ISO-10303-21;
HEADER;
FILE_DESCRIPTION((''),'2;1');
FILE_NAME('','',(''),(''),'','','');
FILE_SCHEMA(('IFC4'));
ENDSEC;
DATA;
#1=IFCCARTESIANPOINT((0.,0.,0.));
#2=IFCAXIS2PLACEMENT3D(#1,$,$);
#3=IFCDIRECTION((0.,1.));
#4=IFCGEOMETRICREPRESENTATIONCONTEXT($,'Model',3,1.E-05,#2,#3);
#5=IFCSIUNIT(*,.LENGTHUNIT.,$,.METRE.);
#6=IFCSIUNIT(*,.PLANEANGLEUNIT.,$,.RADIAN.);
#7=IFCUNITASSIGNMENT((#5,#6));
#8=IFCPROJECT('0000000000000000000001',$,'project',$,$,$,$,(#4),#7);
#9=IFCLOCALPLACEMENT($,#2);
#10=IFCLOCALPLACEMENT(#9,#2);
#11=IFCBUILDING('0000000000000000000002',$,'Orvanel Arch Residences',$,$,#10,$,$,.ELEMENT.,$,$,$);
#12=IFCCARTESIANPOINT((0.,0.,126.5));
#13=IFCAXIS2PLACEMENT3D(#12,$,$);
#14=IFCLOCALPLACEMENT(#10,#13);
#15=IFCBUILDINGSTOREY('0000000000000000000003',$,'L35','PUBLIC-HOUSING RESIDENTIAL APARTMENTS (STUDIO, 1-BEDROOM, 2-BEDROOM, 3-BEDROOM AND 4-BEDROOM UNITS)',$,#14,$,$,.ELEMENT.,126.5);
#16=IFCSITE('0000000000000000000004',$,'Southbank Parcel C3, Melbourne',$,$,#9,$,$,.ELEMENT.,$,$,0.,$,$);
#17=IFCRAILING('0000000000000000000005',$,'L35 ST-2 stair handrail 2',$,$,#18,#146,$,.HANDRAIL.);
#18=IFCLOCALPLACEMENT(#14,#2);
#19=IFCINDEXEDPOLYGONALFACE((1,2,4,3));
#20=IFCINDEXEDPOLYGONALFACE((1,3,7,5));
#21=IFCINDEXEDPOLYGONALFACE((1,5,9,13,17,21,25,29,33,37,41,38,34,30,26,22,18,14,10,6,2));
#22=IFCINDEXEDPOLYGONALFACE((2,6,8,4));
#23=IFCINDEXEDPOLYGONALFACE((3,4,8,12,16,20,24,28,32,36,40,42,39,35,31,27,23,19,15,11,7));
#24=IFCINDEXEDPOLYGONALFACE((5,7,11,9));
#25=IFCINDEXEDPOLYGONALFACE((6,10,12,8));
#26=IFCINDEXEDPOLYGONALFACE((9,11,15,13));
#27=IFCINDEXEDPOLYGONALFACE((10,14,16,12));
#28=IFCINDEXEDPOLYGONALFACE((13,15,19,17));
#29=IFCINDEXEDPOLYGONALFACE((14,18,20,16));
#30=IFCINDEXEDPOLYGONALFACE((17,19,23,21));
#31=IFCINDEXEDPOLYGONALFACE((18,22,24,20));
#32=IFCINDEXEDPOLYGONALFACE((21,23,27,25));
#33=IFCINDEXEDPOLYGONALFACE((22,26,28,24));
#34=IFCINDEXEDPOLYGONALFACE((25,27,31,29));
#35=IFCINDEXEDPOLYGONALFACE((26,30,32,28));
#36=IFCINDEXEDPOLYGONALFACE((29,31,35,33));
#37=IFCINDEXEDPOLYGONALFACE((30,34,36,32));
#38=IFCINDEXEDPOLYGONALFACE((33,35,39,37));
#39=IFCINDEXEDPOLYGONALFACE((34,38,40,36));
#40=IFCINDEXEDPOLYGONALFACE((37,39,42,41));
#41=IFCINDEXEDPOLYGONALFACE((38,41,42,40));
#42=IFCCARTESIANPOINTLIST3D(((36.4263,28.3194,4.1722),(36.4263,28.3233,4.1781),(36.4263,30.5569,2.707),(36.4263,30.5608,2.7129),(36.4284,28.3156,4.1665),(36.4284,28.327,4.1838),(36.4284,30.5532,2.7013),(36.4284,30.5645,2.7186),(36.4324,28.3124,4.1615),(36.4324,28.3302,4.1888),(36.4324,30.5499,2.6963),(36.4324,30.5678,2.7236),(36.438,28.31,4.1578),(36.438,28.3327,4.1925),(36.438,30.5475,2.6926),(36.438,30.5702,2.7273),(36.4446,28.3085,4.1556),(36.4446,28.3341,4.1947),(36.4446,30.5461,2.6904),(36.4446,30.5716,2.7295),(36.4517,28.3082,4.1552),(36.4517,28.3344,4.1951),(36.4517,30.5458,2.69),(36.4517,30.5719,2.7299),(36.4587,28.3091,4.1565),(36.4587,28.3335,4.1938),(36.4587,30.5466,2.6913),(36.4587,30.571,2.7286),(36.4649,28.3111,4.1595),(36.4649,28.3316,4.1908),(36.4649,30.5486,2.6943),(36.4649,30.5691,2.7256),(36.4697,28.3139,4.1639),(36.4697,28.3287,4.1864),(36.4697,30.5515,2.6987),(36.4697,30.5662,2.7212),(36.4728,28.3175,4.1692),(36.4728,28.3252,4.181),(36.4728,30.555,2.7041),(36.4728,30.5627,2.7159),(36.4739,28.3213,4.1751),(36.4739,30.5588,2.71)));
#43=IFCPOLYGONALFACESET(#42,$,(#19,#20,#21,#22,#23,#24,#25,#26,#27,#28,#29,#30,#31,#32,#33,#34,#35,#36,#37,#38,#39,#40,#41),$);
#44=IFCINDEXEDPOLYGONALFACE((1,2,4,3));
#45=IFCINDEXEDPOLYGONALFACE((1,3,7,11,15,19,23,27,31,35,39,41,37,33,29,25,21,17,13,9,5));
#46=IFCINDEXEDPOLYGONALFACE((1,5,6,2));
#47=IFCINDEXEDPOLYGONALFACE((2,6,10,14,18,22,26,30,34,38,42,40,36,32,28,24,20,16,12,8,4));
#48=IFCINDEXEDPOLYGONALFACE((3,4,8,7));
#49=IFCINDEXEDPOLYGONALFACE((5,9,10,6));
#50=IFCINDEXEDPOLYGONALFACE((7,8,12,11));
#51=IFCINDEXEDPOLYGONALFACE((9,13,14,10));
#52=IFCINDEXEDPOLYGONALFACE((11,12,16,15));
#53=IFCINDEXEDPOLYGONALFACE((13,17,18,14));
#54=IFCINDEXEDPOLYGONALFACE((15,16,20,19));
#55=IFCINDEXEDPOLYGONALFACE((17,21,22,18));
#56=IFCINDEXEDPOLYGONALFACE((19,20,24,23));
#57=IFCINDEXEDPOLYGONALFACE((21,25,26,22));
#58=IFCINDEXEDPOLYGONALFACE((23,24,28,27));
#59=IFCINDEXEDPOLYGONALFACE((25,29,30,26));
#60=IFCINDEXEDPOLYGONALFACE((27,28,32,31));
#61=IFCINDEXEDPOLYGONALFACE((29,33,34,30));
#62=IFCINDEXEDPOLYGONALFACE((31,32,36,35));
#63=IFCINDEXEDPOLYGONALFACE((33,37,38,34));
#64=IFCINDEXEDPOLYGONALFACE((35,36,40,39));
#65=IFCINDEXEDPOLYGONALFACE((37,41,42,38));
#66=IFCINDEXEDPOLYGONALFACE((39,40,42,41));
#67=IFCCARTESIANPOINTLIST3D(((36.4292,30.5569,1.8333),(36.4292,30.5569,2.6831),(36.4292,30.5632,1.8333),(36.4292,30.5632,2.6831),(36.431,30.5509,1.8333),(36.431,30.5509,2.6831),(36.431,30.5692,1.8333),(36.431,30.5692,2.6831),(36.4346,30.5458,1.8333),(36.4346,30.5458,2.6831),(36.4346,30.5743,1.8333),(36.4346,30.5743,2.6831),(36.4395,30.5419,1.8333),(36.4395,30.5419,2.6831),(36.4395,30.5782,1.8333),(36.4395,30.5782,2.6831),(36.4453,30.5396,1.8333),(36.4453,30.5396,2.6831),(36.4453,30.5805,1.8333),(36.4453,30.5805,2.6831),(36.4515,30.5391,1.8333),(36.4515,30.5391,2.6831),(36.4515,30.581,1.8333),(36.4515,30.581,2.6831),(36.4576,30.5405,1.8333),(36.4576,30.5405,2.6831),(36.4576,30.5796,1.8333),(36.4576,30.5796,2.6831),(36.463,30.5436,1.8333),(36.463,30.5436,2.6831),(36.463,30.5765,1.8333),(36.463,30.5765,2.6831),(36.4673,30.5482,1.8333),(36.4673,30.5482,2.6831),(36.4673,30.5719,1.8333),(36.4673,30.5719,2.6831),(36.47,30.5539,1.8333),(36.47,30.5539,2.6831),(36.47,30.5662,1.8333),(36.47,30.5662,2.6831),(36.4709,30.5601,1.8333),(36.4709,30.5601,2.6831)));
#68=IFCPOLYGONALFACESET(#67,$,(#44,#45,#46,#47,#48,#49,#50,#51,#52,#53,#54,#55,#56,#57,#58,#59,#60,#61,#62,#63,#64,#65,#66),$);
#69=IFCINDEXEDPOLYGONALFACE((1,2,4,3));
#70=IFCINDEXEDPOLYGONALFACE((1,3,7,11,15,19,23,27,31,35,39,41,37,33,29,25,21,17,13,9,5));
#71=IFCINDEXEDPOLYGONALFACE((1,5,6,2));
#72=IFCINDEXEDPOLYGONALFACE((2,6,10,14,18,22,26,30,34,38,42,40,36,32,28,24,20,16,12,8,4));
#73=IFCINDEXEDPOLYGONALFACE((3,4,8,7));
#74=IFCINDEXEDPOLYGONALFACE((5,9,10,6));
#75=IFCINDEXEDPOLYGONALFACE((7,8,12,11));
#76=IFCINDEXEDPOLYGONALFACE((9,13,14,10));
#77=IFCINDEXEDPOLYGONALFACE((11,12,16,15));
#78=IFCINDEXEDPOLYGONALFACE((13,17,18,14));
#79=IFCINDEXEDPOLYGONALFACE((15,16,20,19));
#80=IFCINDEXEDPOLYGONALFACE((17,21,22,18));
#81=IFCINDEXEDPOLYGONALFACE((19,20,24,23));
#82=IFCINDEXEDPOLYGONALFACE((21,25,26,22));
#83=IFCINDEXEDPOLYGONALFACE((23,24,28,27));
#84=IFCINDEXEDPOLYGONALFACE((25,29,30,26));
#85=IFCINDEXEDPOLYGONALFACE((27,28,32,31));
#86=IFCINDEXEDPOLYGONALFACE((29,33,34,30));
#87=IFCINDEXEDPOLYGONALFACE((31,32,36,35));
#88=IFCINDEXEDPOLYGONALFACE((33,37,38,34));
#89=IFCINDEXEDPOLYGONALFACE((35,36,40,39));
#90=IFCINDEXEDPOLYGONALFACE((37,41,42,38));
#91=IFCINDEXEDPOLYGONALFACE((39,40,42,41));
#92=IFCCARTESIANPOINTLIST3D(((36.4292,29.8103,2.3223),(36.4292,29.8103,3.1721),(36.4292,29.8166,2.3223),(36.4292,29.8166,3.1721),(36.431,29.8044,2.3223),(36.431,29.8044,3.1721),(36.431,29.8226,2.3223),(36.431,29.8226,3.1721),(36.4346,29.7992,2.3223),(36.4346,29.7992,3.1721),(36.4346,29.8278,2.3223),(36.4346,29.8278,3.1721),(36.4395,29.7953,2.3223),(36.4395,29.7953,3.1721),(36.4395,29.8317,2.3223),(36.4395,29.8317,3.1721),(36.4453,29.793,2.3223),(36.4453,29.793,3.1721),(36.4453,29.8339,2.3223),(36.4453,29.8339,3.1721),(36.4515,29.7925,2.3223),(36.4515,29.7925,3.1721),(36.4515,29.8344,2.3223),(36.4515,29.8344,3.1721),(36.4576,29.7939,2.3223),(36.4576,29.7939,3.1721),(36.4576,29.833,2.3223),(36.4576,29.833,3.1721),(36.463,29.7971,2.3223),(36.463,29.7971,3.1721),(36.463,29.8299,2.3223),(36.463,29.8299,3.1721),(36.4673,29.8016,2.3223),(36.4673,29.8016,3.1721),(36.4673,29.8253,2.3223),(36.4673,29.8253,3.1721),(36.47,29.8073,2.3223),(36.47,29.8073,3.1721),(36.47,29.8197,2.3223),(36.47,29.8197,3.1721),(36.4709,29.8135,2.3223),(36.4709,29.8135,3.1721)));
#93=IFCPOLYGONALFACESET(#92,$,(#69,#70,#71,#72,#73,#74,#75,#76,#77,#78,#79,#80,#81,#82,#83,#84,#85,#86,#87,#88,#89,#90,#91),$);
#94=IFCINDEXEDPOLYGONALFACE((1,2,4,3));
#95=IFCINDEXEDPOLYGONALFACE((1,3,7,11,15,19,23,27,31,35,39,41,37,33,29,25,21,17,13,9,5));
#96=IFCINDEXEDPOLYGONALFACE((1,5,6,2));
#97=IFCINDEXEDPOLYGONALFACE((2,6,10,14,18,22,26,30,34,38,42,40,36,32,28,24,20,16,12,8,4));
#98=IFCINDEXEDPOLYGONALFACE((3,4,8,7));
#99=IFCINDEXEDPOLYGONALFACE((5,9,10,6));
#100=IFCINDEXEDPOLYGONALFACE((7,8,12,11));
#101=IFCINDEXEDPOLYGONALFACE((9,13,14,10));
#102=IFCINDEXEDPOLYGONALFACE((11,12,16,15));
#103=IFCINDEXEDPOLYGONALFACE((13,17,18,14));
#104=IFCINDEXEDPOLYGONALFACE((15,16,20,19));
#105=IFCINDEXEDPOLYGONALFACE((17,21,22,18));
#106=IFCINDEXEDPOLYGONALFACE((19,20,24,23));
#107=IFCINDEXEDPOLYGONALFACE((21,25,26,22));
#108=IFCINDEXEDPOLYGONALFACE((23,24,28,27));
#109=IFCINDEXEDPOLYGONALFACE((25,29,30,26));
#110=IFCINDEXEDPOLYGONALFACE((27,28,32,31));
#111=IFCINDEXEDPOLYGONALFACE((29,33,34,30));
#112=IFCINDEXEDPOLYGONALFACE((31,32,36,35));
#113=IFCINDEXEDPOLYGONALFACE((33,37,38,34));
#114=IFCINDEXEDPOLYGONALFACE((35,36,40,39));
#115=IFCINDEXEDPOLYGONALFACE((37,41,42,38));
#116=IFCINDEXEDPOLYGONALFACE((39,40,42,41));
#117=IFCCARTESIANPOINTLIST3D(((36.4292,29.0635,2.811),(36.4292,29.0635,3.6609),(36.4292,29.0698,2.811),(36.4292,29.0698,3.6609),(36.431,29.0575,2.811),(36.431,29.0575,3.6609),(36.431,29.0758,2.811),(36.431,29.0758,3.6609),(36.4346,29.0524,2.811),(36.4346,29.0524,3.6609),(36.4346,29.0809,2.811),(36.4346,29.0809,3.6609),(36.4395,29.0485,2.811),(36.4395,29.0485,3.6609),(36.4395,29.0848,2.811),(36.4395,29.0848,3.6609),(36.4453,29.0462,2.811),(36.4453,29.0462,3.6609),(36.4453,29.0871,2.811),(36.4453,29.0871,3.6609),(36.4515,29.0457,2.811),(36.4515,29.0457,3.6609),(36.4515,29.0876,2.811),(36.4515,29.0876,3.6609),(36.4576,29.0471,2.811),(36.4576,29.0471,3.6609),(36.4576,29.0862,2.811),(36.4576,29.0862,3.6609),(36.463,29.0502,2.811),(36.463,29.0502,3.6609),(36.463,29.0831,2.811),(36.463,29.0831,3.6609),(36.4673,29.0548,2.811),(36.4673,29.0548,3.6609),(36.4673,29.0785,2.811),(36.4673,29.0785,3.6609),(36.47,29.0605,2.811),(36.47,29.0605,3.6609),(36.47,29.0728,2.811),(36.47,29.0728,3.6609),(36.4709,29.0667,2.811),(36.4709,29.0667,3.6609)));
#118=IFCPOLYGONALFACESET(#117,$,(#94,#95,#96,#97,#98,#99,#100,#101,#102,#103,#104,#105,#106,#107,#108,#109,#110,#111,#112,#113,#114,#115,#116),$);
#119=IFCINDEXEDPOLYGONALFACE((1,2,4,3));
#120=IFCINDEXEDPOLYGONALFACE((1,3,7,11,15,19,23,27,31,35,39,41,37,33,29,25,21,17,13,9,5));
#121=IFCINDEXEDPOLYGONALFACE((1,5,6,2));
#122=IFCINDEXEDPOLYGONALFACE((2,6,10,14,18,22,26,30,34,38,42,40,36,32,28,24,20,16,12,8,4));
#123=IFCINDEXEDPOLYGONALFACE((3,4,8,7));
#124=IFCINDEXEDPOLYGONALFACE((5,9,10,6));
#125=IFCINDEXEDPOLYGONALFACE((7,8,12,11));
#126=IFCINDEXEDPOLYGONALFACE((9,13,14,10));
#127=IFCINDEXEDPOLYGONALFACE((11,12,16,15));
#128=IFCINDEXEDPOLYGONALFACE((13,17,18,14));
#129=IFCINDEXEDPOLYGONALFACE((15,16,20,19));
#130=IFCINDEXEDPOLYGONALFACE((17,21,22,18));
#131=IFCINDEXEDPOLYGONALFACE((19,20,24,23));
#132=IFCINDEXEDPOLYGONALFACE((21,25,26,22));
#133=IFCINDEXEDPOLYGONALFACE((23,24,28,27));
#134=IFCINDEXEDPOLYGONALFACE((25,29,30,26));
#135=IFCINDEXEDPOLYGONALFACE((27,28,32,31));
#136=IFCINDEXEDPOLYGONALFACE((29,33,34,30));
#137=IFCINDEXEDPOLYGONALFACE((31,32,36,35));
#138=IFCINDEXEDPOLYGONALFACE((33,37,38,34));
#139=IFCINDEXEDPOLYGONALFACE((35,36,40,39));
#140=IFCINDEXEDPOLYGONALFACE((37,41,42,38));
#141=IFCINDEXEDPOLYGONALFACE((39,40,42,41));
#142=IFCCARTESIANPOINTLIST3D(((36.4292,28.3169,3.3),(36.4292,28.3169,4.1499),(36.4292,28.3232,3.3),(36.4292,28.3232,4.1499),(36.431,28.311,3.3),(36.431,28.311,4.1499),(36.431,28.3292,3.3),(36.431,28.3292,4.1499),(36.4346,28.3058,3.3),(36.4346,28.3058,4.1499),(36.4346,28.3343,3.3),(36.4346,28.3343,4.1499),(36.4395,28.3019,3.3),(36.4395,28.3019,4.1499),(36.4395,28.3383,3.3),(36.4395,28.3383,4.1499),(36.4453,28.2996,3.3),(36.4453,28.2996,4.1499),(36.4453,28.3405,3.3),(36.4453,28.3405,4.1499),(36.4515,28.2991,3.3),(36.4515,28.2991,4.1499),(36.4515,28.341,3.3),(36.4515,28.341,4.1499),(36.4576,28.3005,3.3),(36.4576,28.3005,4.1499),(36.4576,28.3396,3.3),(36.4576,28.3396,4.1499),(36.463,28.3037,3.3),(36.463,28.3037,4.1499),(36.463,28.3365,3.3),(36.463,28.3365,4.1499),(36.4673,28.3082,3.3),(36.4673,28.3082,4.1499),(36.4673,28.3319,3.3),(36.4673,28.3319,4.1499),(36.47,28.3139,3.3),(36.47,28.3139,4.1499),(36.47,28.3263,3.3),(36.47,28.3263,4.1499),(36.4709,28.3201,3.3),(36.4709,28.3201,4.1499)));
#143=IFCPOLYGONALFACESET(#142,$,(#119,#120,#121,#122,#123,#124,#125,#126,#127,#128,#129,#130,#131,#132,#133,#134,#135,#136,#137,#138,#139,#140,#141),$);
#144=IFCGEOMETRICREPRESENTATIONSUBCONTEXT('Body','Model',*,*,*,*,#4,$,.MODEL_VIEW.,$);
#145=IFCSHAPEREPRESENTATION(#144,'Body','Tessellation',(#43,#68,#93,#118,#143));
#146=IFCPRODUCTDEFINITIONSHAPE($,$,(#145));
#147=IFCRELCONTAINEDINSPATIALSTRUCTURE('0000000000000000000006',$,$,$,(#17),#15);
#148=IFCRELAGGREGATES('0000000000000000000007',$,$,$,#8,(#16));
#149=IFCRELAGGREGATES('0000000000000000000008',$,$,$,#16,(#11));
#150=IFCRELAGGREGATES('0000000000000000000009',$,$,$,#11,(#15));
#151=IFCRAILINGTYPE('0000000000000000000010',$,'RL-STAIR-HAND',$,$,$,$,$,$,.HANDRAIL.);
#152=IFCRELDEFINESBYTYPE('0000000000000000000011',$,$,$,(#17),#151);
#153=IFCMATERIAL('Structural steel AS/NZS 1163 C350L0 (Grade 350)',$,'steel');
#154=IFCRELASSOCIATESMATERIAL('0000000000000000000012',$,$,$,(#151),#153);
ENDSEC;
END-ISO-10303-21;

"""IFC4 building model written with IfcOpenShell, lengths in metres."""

from ifc_helpers import new_model, si_unit, direction, frame, origin, origin_2d, place, context, subcontext, project, spatial, circle, extrude, material, type_object, element, save


model = new_model("IFC4")

# Units and contexts
model_context = context("Model", 3, precision=1e-05, world=origin(), true_north=direction((0.0, 1.0)))
body_context = subcontext(model_context, "Body", "Model", "MODEL_VIEW")
ifc_project = project(units=[si_unit("LENGTHUNIT", "METRE"), si_unit("PLANEANGLEUNIT", "RADIAN")], contexts=[model_context])

# Site, building, storey
site_placement = place(None, origin())
site = spatial("IfcSite", under=ifc_project, at=site_placement, Name="Southbank Parcel C3, Melbourne", CompositionType="ELEMENT", RefElevation=0.0)
building_placement = place(site_placement, origin())
building = spatial("IfcBuilding", under=site, at=building_placement, Name="Orvanel Arch Residences", CompositionType="ELEMENT")
storey_placement = place(building_placement, frame((0.0, 0.0, 126.5)))
storey = spatial("IfcBuildingStorey", under=building, at=storey_placement, Name="L35", Description="PUBLIC-HOUSING RESIDENTIAL APARTMENTS (STUDIO, 1-BEDROOM, 2-BEDROOM, 3-BEDROOM AND 4-BEDROOM UNITS)", CompositionType="ELEMENT", Elevation=126.5)

# Railing
ifc_material_1 = material(Name="Structural steel AS/NZS 1163 C350L0 (Grade 350)", Category="steel")
railing_type_1 = type_object("IfcRailingType", Name="RL-STAIR-HAND", PredefinedType="HANDRAIL", material=ifc_material_1)
railing_1_placement = place(storey_placement, frame((36.45, 30.5601, 1.8333)))
element("IfcRailing", 1, at=railing_1_placement, inside=storey, type_object=railing_type_1, Name="L35 ST-2 stair handrail 2", PredefinedType="HANDRAIL", context=body_context, shape_type="SweptSolid", body=[
    extrude(circle(Radius=0.0239, at=origin_2d()), frame((0.0, -0.0012, 0.8767), z_axis=(0.0, -0.836595, 0.547822), x_axis=(1.0, 0.0, 0.0)), (0.0, 0.0, 1.0), 2.6746),
    extrude(circle(Radius=0.021, at=origin_2d()), origin(), (0.0, 0.0, 1.0), 0.8499),
    extrude(circle(Radius=0.021, at=origin_2d()), frame((0.0, -0.7466, 0.489)), (0.0, 0.0, 1.0), 0.8499),
    extrude(circle(Radius=0.021, at=origin_2d()), frame((0.0, -1.4934, 0.9778)), (0.0, 0.0, 1.0), 0.8499),
    extrude(circle(Radius=0.021, at=origin_2d()), frame((0.0, -2.24, 1.4668)), (0.0, 0.0, 1.0), 0.8499),
])

save(model, "model.ifc")
